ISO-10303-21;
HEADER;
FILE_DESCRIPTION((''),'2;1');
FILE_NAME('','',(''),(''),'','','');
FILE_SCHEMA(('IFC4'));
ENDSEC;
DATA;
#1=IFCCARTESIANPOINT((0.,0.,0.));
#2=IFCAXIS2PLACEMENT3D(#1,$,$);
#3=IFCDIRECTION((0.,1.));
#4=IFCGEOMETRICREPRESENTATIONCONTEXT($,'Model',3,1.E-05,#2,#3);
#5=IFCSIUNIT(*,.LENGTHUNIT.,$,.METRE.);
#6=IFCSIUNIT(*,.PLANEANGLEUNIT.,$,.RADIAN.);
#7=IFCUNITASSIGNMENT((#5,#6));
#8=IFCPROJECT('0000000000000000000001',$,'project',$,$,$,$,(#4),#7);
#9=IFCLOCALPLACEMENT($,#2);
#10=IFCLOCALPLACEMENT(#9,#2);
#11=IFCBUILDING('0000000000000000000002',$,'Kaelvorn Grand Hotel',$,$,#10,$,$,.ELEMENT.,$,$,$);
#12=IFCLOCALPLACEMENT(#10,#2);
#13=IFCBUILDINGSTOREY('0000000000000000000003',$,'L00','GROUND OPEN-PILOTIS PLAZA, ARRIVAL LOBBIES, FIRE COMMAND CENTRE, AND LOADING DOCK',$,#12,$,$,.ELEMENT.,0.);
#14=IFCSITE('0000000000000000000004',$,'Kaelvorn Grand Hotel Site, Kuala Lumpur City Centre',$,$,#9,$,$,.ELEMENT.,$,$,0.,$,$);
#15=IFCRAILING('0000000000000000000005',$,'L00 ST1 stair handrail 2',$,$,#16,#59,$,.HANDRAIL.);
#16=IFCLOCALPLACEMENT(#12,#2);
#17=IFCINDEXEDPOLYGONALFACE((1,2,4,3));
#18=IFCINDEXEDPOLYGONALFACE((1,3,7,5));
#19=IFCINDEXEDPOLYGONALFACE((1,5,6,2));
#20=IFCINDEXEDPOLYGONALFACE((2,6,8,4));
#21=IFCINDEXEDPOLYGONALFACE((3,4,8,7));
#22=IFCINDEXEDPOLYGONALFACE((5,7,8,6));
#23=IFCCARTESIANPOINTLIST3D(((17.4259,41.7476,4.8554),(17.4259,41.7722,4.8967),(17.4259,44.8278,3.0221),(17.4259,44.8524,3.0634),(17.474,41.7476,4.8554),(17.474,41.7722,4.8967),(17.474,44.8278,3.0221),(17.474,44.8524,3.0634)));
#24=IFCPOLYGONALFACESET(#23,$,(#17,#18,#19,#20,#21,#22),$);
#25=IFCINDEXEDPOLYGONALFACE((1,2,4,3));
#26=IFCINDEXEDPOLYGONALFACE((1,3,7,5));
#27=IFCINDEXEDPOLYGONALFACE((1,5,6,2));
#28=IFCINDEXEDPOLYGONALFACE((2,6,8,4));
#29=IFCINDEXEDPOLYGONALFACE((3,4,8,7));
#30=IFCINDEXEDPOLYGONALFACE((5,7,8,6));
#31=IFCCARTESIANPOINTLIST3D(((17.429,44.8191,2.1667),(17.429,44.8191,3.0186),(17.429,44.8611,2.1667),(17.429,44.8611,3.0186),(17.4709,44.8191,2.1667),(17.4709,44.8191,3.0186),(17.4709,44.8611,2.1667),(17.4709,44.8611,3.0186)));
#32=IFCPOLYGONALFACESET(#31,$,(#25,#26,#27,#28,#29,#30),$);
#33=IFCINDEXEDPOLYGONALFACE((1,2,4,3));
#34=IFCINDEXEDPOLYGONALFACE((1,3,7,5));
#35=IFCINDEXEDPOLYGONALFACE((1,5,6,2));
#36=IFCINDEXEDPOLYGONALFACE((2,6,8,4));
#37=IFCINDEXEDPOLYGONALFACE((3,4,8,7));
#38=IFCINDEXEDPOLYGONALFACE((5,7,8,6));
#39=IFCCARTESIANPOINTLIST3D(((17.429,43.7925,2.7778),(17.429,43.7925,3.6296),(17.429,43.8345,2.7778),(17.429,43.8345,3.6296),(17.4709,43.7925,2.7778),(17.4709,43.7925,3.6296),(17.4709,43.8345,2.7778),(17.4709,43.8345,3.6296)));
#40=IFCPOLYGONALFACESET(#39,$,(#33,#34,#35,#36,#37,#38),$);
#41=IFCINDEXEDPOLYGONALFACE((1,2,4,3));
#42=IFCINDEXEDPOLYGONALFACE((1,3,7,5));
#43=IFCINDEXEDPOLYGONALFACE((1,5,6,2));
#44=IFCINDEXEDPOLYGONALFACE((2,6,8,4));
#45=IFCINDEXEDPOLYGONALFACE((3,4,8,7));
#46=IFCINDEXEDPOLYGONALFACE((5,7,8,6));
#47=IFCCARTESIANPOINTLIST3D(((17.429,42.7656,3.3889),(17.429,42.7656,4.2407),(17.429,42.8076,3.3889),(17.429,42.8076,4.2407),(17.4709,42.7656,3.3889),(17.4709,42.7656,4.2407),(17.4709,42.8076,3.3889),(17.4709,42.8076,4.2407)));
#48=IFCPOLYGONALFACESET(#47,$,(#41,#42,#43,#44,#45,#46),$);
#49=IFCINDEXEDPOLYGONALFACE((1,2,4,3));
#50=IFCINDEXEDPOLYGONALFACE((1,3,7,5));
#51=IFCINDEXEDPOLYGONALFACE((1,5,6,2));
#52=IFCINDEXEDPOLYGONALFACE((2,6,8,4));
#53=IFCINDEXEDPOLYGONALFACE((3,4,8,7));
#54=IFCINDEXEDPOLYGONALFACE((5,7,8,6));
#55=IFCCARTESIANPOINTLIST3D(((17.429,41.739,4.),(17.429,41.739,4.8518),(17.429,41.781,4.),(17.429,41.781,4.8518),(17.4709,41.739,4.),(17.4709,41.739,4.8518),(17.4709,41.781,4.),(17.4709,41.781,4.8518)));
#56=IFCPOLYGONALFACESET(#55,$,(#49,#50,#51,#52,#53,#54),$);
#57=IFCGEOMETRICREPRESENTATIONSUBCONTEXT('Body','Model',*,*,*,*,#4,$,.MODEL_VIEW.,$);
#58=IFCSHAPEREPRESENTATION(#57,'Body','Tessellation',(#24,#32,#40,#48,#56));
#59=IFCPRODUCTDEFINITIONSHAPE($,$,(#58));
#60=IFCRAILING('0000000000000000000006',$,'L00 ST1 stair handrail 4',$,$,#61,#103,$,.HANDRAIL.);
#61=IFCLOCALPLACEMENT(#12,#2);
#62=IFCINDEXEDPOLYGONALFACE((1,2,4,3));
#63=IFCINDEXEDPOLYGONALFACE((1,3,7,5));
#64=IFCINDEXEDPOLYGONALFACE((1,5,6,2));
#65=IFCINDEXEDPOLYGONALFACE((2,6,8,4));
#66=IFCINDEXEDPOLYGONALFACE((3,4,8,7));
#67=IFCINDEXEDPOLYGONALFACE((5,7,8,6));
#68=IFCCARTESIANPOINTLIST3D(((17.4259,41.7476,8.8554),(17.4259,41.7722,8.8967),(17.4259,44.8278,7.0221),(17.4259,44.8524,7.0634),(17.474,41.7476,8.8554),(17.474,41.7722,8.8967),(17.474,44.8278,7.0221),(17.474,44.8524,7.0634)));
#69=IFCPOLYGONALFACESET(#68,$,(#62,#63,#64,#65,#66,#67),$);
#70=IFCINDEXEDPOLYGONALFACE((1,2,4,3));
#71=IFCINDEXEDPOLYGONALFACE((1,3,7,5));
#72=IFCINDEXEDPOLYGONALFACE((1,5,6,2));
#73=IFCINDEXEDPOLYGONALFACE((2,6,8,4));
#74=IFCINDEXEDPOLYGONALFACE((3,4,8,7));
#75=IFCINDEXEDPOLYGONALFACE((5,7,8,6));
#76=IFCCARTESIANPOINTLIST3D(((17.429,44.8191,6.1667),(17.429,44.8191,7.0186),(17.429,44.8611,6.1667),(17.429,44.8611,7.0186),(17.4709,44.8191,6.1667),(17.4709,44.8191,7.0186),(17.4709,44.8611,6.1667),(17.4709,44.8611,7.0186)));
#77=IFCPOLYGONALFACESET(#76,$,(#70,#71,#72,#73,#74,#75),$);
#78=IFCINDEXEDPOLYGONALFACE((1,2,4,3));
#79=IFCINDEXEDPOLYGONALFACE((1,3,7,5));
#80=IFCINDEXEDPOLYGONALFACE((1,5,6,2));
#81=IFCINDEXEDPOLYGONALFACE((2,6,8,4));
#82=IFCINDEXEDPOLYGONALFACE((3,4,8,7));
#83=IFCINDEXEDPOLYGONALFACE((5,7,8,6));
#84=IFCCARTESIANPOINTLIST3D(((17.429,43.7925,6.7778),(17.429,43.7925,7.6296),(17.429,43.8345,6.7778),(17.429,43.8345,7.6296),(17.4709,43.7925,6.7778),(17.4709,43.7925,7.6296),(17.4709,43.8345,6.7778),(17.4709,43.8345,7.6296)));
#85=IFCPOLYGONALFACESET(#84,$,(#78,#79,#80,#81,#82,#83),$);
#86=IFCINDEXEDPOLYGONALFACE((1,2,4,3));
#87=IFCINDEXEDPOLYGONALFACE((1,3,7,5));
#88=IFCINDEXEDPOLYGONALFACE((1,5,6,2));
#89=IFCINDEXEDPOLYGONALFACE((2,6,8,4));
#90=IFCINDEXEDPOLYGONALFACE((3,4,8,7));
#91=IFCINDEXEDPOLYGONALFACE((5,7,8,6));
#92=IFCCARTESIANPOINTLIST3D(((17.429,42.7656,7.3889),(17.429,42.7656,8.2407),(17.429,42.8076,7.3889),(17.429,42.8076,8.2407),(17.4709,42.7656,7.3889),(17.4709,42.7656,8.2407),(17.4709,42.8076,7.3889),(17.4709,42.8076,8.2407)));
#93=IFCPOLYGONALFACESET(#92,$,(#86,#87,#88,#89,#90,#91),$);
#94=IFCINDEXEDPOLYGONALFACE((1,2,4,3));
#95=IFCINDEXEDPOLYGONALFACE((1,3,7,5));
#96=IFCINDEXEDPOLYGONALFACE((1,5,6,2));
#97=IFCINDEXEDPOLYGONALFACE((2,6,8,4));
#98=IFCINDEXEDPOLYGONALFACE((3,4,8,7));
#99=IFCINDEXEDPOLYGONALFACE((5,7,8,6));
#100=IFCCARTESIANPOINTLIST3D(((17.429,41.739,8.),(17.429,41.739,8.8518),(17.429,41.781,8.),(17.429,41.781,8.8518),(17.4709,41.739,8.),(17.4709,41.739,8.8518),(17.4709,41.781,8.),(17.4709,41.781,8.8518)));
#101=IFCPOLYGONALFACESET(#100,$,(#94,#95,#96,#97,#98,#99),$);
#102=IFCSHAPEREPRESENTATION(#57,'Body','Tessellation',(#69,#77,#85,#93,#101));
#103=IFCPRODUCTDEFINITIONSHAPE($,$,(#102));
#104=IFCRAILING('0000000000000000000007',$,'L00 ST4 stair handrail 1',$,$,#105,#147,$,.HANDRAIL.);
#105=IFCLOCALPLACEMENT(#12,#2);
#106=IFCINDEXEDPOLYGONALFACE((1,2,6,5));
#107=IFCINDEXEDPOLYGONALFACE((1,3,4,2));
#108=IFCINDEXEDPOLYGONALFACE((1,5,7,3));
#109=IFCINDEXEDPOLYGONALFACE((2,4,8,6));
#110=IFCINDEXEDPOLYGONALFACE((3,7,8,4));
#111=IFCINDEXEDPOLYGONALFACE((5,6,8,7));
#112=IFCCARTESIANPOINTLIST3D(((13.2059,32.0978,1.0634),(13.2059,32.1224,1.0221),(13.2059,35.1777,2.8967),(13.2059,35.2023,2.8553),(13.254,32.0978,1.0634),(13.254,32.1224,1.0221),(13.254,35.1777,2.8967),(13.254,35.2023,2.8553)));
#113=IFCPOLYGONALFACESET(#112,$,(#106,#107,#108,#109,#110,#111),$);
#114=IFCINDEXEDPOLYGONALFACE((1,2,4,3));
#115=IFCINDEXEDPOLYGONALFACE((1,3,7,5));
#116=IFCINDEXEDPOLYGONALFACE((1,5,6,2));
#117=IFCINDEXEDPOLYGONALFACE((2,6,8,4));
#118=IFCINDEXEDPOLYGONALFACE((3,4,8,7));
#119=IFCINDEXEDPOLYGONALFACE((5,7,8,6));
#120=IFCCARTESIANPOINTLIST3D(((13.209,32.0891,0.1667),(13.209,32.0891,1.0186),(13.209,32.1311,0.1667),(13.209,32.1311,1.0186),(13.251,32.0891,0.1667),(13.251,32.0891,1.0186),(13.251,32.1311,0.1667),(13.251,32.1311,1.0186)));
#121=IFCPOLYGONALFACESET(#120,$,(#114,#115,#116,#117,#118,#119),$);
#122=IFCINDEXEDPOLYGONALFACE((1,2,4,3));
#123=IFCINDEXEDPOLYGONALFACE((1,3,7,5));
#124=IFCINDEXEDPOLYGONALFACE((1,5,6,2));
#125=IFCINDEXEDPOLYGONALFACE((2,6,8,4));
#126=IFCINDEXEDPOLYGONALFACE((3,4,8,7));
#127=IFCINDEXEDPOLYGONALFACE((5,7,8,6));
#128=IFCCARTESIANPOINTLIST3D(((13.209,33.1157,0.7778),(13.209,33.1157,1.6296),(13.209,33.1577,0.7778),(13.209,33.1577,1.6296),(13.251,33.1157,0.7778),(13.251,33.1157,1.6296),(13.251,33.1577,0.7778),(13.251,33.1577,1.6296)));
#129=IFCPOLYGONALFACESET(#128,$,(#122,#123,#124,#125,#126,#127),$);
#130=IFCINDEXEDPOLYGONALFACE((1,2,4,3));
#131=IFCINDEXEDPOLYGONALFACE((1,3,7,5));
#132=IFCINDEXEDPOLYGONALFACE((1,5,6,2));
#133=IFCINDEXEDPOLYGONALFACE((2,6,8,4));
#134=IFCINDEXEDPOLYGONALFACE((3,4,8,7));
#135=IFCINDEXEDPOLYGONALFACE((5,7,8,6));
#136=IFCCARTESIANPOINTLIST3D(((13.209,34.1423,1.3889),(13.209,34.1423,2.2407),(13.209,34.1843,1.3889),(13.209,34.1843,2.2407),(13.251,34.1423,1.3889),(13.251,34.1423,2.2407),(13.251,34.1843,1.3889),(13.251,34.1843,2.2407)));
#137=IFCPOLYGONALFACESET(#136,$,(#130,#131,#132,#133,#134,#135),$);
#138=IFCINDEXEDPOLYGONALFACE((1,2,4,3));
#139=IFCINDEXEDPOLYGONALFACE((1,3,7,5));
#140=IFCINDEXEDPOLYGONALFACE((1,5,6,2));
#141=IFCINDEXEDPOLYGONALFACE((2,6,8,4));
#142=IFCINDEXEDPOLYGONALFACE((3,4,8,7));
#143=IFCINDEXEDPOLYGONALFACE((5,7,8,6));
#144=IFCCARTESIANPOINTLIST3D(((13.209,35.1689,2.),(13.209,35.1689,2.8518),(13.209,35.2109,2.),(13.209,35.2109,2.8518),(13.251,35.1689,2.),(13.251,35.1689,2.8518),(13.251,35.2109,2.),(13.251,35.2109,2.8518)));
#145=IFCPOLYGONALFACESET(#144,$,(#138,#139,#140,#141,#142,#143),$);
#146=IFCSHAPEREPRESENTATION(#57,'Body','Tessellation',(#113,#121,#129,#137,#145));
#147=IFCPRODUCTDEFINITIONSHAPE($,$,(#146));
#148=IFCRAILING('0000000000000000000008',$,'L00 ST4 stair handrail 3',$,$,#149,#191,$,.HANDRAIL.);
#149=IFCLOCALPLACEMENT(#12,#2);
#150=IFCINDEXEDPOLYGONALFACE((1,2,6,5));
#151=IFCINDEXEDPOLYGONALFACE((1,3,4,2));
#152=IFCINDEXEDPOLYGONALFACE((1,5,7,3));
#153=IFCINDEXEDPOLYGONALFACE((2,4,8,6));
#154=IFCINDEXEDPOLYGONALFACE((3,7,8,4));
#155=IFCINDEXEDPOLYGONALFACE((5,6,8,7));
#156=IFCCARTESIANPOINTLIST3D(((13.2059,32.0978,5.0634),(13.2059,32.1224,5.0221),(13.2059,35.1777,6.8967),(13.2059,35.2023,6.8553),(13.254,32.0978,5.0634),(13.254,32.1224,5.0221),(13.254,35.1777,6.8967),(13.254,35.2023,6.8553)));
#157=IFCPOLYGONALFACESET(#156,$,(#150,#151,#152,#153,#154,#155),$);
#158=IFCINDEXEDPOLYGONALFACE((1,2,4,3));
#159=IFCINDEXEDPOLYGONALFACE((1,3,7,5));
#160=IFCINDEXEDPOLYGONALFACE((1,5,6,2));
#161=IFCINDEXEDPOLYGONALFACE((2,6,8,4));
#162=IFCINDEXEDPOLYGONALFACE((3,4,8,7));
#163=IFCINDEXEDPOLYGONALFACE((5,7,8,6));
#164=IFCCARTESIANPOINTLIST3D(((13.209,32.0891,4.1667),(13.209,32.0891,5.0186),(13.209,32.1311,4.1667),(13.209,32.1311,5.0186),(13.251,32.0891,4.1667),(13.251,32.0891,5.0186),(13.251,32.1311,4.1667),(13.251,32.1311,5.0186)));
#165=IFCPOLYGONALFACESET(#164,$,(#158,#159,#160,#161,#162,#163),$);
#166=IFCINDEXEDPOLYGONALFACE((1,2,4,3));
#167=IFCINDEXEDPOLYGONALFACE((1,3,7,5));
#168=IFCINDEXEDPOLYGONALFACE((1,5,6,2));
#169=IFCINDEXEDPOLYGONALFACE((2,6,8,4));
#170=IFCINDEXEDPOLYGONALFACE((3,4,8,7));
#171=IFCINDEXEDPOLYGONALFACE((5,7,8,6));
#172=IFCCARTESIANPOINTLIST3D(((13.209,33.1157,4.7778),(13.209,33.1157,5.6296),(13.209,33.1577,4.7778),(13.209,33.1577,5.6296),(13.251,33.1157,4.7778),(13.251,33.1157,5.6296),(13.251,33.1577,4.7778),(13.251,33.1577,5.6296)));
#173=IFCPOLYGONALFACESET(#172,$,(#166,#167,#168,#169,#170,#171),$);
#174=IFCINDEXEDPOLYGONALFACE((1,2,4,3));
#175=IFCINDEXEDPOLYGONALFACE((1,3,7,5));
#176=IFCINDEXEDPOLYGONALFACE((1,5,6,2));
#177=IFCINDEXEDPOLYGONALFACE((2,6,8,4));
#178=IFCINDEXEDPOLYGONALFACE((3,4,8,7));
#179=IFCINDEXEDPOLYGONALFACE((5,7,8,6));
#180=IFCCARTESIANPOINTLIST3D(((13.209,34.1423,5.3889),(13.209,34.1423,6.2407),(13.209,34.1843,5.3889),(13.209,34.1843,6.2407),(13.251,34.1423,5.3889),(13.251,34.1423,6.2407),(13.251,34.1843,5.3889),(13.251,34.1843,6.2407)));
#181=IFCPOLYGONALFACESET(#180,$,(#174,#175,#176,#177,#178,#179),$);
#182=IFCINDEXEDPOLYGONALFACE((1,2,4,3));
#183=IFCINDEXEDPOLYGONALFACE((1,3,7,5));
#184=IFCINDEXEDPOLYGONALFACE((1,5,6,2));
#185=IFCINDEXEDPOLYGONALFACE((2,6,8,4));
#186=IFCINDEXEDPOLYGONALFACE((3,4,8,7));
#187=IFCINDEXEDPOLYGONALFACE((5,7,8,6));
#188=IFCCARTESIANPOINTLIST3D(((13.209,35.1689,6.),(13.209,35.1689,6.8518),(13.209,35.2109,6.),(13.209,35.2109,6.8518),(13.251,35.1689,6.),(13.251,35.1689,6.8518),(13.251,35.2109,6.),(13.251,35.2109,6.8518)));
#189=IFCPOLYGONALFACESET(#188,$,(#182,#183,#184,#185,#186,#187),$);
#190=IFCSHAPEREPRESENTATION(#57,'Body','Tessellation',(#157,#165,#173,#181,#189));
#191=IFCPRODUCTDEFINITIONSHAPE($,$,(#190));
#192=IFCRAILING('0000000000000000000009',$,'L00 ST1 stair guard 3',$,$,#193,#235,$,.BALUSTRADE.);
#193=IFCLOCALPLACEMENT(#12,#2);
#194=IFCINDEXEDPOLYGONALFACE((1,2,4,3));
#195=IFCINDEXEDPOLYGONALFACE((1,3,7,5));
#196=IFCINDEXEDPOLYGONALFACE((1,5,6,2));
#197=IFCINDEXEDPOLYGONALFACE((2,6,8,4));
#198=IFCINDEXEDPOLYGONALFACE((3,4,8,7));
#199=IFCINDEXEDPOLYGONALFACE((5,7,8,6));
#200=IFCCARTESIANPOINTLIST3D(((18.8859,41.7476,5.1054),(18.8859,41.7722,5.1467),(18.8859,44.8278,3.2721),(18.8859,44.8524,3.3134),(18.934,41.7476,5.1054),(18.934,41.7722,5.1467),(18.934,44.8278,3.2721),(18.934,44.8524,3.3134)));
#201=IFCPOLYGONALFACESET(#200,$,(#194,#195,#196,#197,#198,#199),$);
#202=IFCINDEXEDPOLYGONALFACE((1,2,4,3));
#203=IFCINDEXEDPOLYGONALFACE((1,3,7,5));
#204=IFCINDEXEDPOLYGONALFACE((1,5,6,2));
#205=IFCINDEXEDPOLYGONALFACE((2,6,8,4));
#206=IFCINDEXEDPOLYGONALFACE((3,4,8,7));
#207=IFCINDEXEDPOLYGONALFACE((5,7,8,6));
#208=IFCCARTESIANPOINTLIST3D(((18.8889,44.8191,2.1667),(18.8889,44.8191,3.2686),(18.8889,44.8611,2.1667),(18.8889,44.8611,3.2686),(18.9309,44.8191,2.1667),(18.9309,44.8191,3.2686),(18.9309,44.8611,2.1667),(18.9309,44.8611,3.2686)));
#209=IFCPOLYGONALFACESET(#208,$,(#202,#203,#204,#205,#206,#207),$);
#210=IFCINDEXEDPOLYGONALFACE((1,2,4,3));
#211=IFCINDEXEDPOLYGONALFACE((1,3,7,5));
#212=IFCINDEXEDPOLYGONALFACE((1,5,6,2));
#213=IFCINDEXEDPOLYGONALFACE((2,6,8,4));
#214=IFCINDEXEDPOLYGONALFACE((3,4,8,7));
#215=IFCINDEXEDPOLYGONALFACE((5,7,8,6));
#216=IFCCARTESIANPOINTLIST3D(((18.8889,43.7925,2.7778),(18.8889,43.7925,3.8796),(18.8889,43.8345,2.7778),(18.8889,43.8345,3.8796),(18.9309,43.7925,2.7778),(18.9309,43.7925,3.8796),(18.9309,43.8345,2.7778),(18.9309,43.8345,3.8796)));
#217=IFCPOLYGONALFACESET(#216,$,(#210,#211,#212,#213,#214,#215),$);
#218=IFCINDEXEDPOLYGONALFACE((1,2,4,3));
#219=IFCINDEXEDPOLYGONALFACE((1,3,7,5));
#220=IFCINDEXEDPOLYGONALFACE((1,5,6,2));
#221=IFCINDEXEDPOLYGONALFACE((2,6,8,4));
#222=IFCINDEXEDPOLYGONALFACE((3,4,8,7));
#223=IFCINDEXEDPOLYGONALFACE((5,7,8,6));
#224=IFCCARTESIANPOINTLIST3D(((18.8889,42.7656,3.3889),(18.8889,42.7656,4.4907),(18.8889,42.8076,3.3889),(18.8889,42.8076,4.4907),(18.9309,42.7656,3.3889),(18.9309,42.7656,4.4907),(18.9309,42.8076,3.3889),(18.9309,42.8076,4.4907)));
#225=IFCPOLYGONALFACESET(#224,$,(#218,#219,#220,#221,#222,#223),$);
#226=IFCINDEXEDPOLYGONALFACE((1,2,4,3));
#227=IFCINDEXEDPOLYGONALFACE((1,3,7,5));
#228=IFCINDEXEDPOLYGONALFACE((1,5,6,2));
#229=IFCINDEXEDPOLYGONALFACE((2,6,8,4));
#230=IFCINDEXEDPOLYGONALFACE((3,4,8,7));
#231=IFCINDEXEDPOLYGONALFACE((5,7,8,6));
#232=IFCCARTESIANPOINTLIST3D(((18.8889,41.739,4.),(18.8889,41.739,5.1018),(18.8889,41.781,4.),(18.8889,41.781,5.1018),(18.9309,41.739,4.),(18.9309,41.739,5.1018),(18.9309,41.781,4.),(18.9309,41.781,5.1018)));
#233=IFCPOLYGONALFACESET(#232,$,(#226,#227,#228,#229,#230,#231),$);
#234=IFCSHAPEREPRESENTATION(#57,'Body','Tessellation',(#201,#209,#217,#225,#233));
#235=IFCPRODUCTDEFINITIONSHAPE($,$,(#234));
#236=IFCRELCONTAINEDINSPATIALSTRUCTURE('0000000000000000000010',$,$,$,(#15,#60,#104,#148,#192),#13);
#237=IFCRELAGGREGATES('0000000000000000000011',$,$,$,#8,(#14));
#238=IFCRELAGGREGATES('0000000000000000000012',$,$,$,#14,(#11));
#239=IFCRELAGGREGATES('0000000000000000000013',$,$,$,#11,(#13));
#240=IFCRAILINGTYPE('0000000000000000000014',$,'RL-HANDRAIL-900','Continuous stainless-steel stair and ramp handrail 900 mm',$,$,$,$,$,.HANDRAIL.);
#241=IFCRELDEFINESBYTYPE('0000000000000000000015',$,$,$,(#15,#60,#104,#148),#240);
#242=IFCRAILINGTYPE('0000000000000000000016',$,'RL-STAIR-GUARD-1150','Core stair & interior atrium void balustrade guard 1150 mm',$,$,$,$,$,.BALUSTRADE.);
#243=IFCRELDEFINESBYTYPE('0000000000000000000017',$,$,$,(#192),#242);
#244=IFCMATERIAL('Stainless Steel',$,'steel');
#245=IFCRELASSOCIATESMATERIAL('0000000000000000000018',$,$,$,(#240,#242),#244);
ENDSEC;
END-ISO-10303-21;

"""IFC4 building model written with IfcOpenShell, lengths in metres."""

from ifc_helpers import new_model, si_unit, direction, frame, origin, origin_2d, place, context, subcontext, project, spatial, rectangle, extrude, material, type_object, element, save


model = new_model("IFC4")

# Units and contexts
model_context = context("Model", 3, precision=1e-05, world=origin(), true_north=direction((0.0, 1.0)))
body_context = subcontext(model_context, "Body", "Model", "MODEL_VIEW")
ifc_project = project(units=[si_unit("LENGTHUNIT", "METRE"), si_unit("PLANEANGLEUNIT", "RADIAN")], contexts=[model_context])

# Site, building, storey
site_placement = place(None, origin())
site = spatial("IfcSite", under=ifc_project, at=site_placement, Name="Kaelvorn Grand Hotel Site, Kuala Lumpur City Centre", CompositionType="ELEMENT", RefElevation=0.0)
building_placement = place(site_placement, origin())
building = spatial("IfcBuilding", under=site, at=building_placement, Name="Kaelvorn Grand Hotel", CompositionType="ELEMENT")
storey_placement = place(building_placement, origin())
storey = spatial("IfcBuildingStorey", under=building, at=storey_placement, Name="L00", Description="GROUND OPEN-PILOTIS PLAZA, ARRIVAL LOBBIES, FIRE COMMAND CENTRE, AND LOADING DOCK", CompositionType="ELEMENT", Elevation=0.0)

# Railings
ifc_material_1 = material(Name="Stainless Steel", Category="steel")
railing_type_1 = type_object("IfcRailingType", Name="RL-HANDRAIL-900", Description="Continuous stainless-steel stair and ramp handrail 900 mm", PredefinedType="HANDRAIL", material=ifc_material_1)
for number, where, name in (
    (1, (17.45, 44.8401, 2.1667), "L00 ST1 stair handrail 2"),
    (2, (17.45, 44.8401, 6.1667), "L00 ST1 stair handrail 4"),
):
    element("IfcRailing", number, at=place(storey_placement, frame(where)), inside=storey, type_object=railing_type_1, Name=name, PredefinedType="HANDRAIL", context=body_context, shape_type="SweptSolid", body=[
        extrude(rectangle(XDim=0.0481, YDim=0.0481, at=origin_2d()), frame((0.0, 0.0, 0.876), z_axis=(0.0, -0.859309, 0.511458), x_axis=(1.0, 0.0, 0.0)), (0.0, 0.0, 1.0), 3.5845),
        extrude(rectangle(XDim=0.042, YDim=0.042, at=origin_2d()), origin(), (0.0, 0.0, 1.0), 0.8518),
        extrude(rectangle(XDim=0.042, YDim=0.042, at=origin_2d()), frame((0.0, -1.0266, 0.6111)), (0.0, 0.0, 1.0), 0.8518),
        extrude(rectangle(XDim=0.042, YDim=0.042, at=origin_2d()), frame((0.0, -2.0535, 1.2222)), (0.0, 0.0, 1.0), 0.8518),
        extrude(rectangle(XDim=0.042, YDim=0.042, at=origin_2d()), frame((0.0, -3.0801, 1.8333)), (0.0, 0.0, 1.0), 0.8518),
    ])
for number, where, name in (
    (3, (13.23, 32.1101, 0.1667), "L00 ST4 stair handrail 1"),
    (4, (13.23, 32.1101, 4.1667), "L00 ST4 stair handrail 3"),
):
    element("IfcRailing", number, at=place(storey_placement, frame(where)), inside=storey, type_object=railing_type_1, Name=name, PredefinedType="HANDRAIL", context=body_context, shape_type="SweptSolid", body=[
        extrude(rectangle(XDim=0.0481, YDim=0.0481, at=origin_2d()), frame((0.0, 0.0, 0.876), z_axis=(0.0, 0.859291, 0.511487), x_axis=(-1.0, 0.0, 0.0)), (0.0, 0.0, 1.0), 3.5842),
        extrude(rectangle(XDim=0.042, YDim=0.042, at=origin_2d()), origin(), (0.0, 0.0, 1.0), 0.8518),
        extrude(rectangle(XDim=0.042, YDim=0.042, at=origin_2d()), frame((0.0, 1.0266, 0.6111)), (0.0, 0.0, 1.0), 0.8518),
        extrude(rectangle(XDim=0.042, YDim=0.042, at=origin_2d()), frame((0.0, 2.0532, 1.2222)), (0.0, 0.0, 1.0), 0.8518),
        extrude(rectangle(XDim=0.042, YDim=0.042, at=origin_2d()), frame((0.0, 3.0798, 1.8333)), (0.0, 0.0, 1.0), 0.8518),
    ])
railing_type_2 = type_object("IfcRailingType", Name="RL-STAIR-GUARD-1150", Description="Core stair & interior atrium void balustrade guard 1150 mm", PredefinedType="BALUSTRADE", material=ifc_material_1)
railing_1_placement = place(storey_placement, frame((18.9099, 44.8401, 2.1667)))
element("IfcRailing", 5, at=railing_1_placement, inside=storey, type_object=railing_type_2, Name="L00 ST1 stair guard 3", PredefinedType="BALUSTRADE", context=body_context, shape_type="SweptSolid", body=[
    extrude(rectangle(XDim=0.0481, YDim=0.0481, at=origin_2d()), frame((0.0, 0.0, 1.126), z_axis=(0.0, -0.859309, 0.511458), x_axis=(1.0, 0.0, 0.0)), (0.0, 0.0, 1.0), 3.5845),
    extrude(rectangle(XDim=0.042, YDim=0.042, at=origin_2d()), origin(), (0.0, 0.0, 1.0), 1.1018),
    extrude(rectangle(XDim=0.042, YDim=0.042, at=origin_2d()), frame((0.0, -1.0266, 0.6111)), (0.0, 0.0, 1.0), 1.1018),
    extrude(rectangle(XDim=0.042, YDim=0.042, at=origin_2d()), frame((0.0, -2.0535, 1.2222)), (0.0, 0.0, 1.0), 1.1018),
    extrude(rectangle(XDim=0.042, YDim=0.042, at=origin_2d()), frame((0.0, -3.0801, 1.8333)), (0.0, 0.0, 1.0), 1.1018),
])

save(model, "model.ifc")
